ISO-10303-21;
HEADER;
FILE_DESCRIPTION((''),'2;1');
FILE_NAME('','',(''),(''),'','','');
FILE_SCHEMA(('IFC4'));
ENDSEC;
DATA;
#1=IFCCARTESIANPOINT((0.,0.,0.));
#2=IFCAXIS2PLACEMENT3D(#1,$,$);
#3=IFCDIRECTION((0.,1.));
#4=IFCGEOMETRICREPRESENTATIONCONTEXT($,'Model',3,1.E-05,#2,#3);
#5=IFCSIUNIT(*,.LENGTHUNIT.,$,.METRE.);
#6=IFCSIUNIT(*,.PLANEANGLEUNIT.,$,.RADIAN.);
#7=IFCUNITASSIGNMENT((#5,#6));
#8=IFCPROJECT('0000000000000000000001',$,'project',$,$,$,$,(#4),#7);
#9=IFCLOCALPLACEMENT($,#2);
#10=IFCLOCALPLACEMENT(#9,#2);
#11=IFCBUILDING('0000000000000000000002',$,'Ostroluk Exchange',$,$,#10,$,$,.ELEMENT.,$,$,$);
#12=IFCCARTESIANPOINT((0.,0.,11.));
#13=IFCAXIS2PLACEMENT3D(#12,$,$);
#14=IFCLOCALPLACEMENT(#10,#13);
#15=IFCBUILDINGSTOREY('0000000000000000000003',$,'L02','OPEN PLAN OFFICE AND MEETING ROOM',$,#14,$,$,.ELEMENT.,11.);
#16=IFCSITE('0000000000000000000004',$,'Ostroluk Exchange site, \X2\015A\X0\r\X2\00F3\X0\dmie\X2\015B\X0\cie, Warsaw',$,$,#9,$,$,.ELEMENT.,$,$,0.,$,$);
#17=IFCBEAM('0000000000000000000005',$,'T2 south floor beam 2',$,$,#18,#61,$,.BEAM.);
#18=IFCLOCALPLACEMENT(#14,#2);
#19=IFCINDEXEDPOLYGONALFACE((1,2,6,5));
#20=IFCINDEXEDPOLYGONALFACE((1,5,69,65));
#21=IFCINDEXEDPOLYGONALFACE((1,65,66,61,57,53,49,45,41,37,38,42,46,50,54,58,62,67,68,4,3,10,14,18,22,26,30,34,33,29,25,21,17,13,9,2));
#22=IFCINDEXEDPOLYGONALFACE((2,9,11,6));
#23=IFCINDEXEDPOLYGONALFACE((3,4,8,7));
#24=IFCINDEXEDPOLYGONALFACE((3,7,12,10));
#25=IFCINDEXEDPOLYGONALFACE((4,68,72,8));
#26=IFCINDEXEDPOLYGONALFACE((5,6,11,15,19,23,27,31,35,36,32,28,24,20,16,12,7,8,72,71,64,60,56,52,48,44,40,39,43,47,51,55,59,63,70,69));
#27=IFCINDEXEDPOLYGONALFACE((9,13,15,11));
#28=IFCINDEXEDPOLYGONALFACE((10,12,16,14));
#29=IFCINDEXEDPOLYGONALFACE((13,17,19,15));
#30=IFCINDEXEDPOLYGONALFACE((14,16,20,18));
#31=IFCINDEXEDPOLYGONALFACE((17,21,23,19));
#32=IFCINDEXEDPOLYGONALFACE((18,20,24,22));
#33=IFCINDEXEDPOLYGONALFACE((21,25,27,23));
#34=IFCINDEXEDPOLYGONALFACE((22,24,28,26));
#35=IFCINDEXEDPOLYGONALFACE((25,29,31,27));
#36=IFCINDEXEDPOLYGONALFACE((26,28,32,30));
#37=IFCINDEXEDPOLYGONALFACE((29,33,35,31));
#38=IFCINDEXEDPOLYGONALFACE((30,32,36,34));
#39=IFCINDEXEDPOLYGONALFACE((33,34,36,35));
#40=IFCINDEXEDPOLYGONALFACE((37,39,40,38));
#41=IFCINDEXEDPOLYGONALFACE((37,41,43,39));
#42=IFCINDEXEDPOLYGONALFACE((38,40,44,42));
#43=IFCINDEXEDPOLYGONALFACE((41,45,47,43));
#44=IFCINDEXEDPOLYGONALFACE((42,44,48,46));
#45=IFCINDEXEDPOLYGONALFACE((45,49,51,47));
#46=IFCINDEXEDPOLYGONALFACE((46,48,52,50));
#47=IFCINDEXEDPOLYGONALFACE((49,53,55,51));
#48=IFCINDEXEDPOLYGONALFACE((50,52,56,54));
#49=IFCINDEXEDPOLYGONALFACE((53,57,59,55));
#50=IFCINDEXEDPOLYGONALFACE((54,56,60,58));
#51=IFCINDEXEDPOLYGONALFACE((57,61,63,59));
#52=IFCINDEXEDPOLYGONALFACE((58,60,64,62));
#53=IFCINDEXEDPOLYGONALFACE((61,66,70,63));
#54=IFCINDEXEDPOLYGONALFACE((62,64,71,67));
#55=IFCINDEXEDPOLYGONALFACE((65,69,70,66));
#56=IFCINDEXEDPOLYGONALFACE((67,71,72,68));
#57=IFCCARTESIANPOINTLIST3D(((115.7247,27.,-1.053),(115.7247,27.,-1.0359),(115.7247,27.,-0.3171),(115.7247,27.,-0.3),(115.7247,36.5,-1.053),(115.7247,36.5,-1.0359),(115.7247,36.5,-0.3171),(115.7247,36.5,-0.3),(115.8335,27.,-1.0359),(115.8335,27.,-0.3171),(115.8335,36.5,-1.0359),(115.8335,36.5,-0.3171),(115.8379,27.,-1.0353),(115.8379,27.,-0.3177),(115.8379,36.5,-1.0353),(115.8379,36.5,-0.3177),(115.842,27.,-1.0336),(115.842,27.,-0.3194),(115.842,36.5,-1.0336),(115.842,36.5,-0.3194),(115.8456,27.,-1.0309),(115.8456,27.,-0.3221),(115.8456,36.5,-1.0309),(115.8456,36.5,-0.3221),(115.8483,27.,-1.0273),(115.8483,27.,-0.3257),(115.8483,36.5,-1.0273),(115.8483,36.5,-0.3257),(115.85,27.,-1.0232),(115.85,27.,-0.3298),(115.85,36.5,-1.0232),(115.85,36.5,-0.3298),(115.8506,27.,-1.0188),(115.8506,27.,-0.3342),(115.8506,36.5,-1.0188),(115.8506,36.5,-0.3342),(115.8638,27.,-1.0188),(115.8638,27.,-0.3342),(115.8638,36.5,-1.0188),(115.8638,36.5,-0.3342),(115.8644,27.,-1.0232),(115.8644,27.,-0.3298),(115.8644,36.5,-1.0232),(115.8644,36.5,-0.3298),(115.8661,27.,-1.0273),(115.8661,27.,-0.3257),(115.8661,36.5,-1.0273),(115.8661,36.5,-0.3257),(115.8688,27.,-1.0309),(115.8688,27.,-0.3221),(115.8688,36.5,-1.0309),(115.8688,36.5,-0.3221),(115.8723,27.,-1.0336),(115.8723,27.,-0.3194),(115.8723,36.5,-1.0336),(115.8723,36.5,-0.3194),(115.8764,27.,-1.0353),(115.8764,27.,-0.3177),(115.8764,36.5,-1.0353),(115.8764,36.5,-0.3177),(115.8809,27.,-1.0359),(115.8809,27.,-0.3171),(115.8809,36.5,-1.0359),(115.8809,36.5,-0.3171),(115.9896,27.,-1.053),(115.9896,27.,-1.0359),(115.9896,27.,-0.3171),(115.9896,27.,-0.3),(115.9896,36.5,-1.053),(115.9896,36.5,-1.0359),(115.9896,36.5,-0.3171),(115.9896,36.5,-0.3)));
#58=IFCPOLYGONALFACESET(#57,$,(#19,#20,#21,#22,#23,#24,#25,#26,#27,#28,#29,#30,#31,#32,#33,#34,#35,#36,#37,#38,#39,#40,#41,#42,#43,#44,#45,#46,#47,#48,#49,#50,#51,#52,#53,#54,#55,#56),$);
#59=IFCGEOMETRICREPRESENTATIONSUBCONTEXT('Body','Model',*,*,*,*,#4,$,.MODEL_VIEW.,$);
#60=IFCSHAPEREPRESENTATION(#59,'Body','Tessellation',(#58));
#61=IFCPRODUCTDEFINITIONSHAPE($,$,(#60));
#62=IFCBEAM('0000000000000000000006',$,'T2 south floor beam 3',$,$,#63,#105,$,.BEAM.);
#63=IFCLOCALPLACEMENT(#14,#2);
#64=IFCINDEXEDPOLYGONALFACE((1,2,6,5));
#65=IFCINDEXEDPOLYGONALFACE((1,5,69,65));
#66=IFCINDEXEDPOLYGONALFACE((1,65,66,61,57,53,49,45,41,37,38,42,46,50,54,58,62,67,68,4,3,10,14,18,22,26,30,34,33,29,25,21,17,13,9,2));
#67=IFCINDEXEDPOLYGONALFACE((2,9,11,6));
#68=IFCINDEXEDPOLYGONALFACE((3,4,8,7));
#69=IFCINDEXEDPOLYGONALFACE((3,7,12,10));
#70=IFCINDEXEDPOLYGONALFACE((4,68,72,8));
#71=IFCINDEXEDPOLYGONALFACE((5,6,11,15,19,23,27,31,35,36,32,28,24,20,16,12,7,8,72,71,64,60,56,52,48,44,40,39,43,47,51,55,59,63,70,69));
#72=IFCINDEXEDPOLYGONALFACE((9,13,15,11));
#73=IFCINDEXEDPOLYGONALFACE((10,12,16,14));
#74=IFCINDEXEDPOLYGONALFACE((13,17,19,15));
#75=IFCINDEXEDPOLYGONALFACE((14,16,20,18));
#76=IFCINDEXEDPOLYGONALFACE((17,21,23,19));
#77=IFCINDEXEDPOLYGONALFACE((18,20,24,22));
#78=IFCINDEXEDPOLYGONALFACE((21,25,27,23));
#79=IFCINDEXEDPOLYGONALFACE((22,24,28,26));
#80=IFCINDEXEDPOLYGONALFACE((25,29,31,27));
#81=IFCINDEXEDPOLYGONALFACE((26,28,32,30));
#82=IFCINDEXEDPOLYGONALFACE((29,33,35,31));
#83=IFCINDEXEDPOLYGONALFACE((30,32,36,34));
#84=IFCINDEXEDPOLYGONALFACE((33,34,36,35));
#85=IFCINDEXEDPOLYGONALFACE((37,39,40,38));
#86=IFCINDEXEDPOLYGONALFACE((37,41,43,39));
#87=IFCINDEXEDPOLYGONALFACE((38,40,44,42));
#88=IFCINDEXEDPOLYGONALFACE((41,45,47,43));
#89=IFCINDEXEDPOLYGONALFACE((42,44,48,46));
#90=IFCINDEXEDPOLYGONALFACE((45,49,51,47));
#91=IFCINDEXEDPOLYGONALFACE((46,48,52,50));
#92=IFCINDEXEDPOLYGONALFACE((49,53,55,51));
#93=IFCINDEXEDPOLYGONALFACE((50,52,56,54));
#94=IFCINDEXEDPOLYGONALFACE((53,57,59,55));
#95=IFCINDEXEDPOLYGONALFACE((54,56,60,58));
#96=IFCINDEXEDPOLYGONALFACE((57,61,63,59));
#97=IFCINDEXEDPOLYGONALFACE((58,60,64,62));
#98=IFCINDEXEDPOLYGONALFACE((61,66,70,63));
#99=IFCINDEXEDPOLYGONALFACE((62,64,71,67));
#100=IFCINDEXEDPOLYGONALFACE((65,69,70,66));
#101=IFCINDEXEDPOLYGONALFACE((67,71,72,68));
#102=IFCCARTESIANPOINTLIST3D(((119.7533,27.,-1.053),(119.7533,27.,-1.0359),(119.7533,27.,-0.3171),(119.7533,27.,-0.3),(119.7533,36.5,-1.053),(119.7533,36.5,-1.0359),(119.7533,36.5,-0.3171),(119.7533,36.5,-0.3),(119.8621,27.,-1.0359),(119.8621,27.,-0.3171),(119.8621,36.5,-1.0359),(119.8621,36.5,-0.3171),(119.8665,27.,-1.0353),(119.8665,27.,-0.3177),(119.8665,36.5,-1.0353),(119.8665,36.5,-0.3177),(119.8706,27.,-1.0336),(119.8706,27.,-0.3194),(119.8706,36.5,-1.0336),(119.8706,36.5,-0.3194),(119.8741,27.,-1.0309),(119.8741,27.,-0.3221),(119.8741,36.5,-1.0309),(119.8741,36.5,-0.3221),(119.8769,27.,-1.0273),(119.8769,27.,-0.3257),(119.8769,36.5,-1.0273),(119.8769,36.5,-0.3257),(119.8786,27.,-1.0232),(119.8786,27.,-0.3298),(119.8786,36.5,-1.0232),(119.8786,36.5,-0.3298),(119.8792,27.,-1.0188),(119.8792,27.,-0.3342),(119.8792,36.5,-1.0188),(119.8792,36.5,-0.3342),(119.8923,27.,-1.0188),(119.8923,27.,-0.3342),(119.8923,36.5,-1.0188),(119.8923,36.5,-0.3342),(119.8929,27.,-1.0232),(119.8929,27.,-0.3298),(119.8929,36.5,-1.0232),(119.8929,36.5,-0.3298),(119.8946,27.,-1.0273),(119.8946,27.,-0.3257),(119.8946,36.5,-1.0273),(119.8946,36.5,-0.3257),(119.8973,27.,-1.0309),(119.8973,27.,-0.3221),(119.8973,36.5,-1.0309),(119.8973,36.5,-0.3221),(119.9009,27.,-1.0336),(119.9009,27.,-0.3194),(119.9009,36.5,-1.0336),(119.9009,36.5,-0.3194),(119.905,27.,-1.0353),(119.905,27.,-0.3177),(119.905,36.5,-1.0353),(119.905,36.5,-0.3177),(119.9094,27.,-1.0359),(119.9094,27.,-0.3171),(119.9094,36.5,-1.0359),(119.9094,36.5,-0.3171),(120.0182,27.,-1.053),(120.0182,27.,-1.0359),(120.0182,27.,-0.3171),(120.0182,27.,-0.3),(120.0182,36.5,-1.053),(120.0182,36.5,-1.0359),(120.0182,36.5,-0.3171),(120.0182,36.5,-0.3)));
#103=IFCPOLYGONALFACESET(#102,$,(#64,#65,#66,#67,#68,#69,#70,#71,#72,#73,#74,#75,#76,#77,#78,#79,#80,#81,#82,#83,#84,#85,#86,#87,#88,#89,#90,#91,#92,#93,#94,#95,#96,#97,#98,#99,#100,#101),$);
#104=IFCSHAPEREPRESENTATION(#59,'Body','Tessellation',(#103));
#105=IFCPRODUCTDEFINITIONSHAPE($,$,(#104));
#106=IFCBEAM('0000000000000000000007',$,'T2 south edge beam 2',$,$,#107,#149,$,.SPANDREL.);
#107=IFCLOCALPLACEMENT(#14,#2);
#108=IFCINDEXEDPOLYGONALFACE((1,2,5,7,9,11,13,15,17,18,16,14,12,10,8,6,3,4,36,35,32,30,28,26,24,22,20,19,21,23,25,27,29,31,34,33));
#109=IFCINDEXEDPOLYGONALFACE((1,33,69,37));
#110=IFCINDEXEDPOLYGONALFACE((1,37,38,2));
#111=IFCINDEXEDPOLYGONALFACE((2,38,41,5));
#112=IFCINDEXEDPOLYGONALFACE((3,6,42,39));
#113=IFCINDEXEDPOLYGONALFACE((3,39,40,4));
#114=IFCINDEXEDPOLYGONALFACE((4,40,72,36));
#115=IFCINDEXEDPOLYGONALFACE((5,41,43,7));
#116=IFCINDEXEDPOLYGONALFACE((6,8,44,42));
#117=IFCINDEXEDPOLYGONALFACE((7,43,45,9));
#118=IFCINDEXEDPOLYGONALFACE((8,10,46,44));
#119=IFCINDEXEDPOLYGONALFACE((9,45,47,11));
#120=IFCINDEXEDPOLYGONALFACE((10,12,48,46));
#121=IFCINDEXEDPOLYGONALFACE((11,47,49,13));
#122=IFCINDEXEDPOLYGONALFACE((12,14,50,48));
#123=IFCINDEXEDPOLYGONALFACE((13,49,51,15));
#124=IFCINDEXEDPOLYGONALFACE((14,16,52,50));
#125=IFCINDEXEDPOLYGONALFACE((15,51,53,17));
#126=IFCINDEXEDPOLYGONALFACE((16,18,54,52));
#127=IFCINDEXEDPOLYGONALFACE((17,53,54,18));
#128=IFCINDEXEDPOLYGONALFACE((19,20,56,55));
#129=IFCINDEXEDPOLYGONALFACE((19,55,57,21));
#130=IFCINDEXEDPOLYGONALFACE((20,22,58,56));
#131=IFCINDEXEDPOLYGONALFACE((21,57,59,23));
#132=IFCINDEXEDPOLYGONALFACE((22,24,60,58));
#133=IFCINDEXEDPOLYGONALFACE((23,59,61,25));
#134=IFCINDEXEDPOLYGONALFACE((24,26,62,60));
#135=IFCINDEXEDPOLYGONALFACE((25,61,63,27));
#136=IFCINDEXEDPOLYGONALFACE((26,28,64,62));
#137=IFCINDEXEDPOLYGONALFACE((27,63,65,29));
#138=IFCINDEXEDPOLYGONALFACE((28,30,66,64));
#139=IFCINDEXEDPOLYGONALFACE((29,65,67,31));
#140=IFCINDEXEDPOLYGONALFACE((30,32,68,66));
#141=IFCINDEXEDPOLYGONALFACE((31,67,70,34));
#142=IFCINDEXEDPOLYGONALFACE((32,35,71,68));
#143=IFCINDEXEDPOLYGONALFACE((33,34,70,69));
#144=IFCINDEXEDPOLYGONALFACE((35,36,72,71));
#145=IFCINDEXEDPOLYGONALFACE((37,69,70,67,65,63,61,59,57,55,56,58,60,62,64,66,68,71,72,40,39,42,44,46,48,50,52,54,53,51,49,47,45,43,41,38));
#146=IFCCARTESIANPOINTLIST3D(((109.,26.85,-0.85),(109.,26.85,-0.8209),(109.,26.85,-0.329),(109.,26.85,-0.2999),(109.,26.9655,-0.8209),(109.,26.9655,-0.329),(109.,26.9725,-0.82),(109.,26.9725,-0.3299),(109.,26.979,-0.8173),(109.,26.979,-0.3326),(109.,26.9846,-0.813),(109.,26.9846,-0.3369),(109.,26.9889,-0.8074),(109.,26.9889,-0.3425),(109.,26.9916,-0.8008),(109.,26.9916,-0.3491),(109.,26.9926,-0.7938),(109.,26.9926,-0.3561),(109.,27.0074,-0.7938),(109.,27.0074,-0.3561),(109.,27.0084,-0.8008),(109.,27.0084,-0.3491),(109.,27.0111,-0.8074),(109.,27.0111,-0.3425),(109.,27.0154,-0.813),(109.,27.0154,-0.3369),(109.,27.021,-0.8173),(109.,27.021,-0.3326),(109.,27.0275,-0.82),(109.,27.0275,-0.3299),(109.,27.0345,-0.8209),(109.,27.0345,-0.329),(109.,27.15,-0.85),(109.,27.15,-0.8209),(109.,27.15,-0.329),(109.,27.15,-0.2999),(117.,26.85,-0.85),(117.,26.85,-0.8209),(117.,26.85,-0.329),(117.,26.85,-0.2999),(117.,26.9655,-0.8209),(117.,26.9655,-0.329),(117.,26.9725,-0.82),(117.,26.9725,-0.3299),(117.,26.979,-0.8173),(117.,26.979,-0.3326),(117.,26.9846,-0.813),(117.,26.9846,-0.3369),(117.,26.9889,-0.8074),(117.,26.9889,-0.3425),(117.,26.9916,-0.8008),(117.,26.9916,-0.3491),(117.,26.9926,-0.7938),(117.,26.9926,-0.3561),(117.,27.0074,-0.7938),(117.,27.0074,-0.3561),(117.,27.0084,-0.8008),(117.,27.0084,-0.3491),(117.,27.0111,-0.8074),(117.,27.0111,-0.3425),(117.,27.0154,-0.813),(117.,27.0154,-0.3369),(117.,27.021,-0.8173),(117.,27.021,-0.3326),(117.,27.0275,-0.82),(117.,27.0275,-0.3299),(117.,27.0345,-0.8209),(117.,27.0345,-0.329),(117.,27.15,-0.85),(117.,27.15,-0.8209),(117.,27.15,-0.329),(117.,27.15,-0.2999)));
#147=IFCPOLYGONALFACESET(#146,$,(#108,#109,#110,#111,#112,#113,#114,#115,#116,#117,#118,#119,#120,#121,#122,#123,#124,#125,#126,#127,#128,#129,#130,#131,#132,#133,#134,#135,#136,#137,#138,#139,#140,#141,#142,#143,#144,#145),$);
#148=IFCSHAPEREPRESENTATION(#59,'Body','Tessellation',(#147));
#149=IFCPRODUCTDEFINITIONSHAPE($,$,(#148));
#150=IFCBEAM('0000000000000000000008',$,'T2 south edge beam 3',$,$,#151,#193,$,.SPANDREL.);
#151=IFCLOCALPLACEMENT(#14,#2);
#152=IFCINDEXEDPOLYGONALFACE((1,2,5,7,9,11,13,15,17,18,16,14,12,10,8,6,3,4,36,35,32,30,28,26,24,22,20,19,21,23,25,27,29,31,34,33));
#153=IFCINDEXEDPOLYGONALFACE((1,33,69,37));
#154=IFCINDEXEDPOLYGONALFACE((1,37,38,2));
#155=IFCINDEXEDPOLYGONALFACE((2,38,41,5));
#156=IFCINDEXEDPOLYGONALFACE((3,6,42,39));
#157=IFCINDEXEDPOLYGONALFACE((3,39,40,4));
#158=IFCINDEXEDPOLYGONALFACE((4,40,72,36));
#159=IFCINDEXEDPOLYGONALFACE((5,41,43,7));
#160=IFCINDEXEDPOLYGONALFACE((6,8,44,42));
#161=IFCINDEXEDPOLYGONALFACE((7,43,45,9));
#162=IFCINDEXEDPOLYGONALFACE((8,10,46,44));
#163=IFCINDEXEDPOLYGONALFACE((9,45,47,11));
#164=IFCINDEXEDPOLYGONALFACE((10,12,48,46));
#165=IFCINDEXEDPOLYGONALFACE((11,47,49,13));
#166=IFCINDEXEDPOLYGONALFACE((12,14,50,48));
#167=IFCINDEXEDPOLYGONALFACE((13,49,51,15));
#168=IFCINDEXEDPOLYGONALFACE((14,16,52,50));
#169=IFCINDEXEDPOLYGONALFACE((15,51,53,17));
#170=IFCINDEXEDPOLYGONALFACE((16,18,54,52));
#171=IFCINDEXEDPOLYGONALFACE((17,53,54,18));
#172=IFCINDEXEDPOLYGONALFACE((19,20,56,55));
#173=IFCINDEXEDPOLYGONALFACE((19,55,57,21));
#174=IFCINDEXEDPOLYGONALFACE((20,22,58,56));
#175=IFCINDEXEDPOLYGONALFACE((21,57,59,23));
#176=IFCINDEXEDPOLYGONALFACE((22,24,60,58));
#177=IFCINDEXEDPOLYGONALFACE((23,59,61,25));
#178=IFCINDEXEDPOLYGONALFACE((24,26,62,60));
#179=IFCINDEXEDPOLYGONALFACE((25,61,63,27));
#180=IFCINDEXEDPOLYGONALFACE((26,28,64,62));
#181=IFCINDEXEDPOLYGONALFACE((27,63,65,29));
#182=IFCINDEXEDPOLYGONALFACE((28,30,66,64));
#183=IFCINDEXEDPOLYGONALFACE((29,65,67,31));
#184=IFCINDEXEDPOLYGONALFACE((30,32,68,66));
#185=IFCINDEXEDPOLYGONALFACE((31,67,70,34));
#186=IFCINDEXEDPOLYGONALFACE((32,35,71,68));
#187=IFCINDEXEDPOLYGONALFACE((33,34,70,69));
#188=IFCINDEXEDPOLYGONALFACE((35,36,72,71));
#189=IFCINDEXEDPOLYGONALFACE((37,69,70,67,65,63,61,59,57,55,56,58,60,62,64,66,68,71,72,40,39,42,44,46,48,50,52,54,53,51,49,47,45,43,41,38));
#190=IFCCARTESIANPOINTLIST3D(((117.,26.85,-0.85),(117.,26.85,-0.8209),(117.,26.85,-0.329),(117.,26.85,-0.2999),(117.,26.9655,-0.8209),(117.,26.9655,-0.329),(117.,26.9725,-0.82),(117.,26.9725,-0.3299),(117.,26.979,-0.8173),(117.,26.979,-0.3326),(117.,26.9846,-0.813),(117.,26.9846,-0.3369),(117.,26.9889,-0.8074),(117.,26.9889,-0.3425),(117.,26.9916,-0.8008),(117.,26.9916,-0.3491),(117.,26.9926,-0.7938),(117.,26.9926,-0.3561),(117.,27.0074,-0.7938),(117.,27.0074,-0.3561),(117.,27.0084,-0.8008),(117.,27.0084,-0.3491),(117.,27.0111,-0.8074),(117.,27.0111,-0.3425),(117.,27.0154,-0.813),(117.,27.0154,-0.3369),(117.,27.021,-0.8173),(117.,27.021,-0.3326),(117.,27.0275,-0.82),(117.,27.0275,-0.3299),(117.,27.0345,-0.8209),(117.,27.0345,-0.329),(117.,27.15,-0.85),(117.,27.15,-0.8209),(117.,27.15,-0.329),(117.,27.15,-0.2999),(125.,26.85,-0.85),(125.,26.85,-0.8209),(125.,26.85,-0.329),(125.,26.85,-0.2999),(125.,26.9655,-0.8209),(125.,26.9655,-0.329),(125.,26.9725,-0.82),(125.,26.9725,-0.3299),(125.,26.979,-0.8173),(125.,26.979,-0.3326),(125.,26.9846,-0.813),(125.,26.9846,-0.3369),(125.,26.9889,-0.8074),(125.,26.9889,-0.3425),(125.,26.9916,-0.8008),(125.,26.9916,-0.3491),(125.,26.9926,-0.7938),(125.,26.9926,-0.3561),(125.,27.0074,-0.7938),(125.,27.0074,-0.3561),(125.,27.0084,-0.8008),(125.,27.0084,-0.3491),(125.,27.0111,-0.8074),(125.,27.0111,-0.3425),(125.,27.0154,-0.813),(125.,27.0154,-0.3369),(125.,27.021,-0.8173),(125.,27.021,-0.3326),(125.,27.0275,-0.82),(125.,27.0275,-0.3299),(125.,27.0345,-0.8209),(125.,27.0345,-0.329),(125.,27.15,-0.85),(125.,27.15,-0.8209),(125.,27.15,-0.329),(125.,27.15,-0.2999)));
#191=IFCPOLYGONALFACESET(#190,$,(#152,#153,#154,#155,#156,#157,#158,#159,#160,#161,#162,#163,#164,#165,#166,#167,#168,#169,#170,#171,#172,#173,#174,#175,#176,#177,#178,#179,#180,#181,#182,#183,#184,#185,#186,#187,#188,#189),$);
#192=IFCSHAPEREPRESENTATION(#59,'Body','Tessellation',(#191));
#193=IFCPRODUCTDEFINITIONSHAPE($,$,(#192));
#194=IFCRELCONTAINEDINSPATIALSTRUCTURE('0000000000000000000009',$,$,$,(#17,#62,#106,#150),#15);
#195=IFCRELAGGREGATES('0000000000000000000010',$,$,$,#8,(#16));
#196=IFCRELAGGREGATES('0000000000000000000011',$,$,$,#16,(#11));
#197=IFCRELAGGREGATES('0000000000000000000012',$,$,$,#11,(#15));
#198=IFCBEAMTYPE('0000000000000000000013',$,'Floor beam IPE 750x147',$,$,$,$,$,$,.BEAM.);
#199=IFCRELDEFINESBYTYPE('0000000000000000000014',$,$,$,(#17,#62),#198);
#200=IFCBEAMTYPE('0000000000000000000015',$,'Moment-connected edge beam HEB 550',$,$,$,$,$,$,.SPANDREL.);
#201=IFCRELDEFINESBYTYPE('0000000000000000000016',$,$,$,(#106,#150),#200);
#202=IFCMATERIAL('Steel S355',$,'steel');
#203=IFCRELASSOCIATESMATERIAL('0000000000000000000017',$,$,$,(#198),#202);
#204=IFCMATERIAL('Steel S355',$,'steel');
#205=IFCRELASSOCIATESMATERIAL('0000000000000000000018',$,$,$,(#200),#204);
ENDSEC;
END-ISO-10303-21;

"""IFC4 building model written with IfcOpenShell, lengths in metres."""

from ifc_helpers import new_model, si_unit, direction, frame, origin, origin_2d, place, context, subcontext, project, spatial, i_section, extrude, material, material_profile, profile_set, type_object, element, save


model = new_model("IFC4")

# Units and contexts
model_context = context("Model", 3, precision=1e-05, world=origin(), true_north=direction((0.0, 1.0)))
body_context = subcontext(model_context, "Body", "Model", "MODEL_VIEW")
ifc_project = project(units=[si_unit("LENGTHUNIT", "METRE"), si_unit("PLANEANGLEUNIT", "RADIAN")], contexts=[model_context])

# Site, building, storey
site_placement = place(None, origin())
site = spatial("IfcSite", under=ifc_project, at=site_placement, Name="Ostroluk Exchange site, Śródmieście, Warsaw", CompositionType="ELEMENT", RefElevation=0.0)
building_placement = place(site_placement, origin())
building = spatial("IfcBuilding", under=site, at=building_placement, Name="Ostroluk Exchange", CompositionType="ELEMENT")
storey_placement = place(building_placement, frame((0.0, 0.0, 11.0)))
storey = spatial("IfcBuildingStorey", under=building, at=storey_placement, Name="L02", Description="OPEN PLAN OFFICE AND MEETING ROOM", CompositionType="ELEMENT", Elevation=11.0)

# Beams
ifc_material_1 = material(Name="Steel S355", Category="steel")
ifc_material_profile_1 = material_profile(ifc_material_1, i_section(OverallWidth=0.2649, OverallDepth=0.7529, WebThickness=0.0132, FlangeThickness=0.0171, FilletRadius=0.0171, at=origin_2d()), Name="IPE 750x147")
ifc_profile_set_1 = profile_set([ifc_material_profile_1], Name="Steel S355")
beam_type_1 = type_object("IfcBeamType", Name="Floor beam IPE 750x147", PredefinedType="BEAM", material=ifc_profile_set_1)
for number, where, z_axis, x_axis, name in (
    (1, (115.8572, 36.5, -0.6765), (0.0, -1.0, 0.0), (1.0, 0.0, 0.0), "T2 south floor beam 2"),
    (2, (119.8857, 36.5, -0.6765), (0.0, -1.0, 0.0), (1.0, 0.0, 0.0), "T2 south floor beam 3"),
):
    element("IfcBeam", number, at=place(storey_placement, frame(where, z_axis=z_axis, x_axis=x_axis)), inside=storey, type_object=beam_type_1, Name=name, PredefinedType="BEAM", context=body_context, shape_type="SweptSolid", body=[
        extrude(i_section(OverallWidth=0.2649, OverallDepth=0.7529, WebThickness=0.0132, FlangeThickness=0.0171, FilletRadius=0.0171, at=origin_2d()), origin(), (0.0, 0.0, 1.0), 9.5),
    ])
ifc_material_2 = material(Name="Steel S355", Category="steel")
ifc_material_profile_2 = material_profile(ifc_material_2, i_section(OverallWidth=0.3, OverallDepth=0.55, WebThickness=0.0149, FlangeThickness=0.0291, FilletRadius=0.0271, at=origin_2d()), Name="HEB 550")
ifc_profile_set_2 = profile_set([ifc_material_profile_2], Name="Steel S355")
beam_type_2 = type_object("IfcBeamType", Name="Moment-connected edge beam HEB 550", PredefinedType="SPANDREL", material=ifc_profile_set_2)
for number, where, z_axis, x_axis, name in (
    (3, (109.0, 27.0, -0.575), (1.0, 0.0, 0.0), (0.0, 1.0, 0.0), "T2 south edge beam 2"),
    (4, (117.0, 27.0, -0.575), (1.0, 0.0, 0.0), (0.0, 1.0, 0.0), "T2 south edge beam 3"),
):
    element("IfcBeam", number, at=place(storey_placement, frame(where, z_axis=z_axis, x_axis=x_axis)), inside=storey, type_object=beam_type_2, Name=name, PredefinedType="SPANDREL", context=body_context, shape_type="SweptSolid", body=[
        extrude(i_section(OverallWidth=0.3, OverallDepth=0.55, WebThickness=0.0149, FlangeThickness=0.0291, FilletRadius=0.0271, at=origin_2d()), origin(), (0.0, 0.0, 1.0), 8.0),
    ])

save(model, "model.ifc")
